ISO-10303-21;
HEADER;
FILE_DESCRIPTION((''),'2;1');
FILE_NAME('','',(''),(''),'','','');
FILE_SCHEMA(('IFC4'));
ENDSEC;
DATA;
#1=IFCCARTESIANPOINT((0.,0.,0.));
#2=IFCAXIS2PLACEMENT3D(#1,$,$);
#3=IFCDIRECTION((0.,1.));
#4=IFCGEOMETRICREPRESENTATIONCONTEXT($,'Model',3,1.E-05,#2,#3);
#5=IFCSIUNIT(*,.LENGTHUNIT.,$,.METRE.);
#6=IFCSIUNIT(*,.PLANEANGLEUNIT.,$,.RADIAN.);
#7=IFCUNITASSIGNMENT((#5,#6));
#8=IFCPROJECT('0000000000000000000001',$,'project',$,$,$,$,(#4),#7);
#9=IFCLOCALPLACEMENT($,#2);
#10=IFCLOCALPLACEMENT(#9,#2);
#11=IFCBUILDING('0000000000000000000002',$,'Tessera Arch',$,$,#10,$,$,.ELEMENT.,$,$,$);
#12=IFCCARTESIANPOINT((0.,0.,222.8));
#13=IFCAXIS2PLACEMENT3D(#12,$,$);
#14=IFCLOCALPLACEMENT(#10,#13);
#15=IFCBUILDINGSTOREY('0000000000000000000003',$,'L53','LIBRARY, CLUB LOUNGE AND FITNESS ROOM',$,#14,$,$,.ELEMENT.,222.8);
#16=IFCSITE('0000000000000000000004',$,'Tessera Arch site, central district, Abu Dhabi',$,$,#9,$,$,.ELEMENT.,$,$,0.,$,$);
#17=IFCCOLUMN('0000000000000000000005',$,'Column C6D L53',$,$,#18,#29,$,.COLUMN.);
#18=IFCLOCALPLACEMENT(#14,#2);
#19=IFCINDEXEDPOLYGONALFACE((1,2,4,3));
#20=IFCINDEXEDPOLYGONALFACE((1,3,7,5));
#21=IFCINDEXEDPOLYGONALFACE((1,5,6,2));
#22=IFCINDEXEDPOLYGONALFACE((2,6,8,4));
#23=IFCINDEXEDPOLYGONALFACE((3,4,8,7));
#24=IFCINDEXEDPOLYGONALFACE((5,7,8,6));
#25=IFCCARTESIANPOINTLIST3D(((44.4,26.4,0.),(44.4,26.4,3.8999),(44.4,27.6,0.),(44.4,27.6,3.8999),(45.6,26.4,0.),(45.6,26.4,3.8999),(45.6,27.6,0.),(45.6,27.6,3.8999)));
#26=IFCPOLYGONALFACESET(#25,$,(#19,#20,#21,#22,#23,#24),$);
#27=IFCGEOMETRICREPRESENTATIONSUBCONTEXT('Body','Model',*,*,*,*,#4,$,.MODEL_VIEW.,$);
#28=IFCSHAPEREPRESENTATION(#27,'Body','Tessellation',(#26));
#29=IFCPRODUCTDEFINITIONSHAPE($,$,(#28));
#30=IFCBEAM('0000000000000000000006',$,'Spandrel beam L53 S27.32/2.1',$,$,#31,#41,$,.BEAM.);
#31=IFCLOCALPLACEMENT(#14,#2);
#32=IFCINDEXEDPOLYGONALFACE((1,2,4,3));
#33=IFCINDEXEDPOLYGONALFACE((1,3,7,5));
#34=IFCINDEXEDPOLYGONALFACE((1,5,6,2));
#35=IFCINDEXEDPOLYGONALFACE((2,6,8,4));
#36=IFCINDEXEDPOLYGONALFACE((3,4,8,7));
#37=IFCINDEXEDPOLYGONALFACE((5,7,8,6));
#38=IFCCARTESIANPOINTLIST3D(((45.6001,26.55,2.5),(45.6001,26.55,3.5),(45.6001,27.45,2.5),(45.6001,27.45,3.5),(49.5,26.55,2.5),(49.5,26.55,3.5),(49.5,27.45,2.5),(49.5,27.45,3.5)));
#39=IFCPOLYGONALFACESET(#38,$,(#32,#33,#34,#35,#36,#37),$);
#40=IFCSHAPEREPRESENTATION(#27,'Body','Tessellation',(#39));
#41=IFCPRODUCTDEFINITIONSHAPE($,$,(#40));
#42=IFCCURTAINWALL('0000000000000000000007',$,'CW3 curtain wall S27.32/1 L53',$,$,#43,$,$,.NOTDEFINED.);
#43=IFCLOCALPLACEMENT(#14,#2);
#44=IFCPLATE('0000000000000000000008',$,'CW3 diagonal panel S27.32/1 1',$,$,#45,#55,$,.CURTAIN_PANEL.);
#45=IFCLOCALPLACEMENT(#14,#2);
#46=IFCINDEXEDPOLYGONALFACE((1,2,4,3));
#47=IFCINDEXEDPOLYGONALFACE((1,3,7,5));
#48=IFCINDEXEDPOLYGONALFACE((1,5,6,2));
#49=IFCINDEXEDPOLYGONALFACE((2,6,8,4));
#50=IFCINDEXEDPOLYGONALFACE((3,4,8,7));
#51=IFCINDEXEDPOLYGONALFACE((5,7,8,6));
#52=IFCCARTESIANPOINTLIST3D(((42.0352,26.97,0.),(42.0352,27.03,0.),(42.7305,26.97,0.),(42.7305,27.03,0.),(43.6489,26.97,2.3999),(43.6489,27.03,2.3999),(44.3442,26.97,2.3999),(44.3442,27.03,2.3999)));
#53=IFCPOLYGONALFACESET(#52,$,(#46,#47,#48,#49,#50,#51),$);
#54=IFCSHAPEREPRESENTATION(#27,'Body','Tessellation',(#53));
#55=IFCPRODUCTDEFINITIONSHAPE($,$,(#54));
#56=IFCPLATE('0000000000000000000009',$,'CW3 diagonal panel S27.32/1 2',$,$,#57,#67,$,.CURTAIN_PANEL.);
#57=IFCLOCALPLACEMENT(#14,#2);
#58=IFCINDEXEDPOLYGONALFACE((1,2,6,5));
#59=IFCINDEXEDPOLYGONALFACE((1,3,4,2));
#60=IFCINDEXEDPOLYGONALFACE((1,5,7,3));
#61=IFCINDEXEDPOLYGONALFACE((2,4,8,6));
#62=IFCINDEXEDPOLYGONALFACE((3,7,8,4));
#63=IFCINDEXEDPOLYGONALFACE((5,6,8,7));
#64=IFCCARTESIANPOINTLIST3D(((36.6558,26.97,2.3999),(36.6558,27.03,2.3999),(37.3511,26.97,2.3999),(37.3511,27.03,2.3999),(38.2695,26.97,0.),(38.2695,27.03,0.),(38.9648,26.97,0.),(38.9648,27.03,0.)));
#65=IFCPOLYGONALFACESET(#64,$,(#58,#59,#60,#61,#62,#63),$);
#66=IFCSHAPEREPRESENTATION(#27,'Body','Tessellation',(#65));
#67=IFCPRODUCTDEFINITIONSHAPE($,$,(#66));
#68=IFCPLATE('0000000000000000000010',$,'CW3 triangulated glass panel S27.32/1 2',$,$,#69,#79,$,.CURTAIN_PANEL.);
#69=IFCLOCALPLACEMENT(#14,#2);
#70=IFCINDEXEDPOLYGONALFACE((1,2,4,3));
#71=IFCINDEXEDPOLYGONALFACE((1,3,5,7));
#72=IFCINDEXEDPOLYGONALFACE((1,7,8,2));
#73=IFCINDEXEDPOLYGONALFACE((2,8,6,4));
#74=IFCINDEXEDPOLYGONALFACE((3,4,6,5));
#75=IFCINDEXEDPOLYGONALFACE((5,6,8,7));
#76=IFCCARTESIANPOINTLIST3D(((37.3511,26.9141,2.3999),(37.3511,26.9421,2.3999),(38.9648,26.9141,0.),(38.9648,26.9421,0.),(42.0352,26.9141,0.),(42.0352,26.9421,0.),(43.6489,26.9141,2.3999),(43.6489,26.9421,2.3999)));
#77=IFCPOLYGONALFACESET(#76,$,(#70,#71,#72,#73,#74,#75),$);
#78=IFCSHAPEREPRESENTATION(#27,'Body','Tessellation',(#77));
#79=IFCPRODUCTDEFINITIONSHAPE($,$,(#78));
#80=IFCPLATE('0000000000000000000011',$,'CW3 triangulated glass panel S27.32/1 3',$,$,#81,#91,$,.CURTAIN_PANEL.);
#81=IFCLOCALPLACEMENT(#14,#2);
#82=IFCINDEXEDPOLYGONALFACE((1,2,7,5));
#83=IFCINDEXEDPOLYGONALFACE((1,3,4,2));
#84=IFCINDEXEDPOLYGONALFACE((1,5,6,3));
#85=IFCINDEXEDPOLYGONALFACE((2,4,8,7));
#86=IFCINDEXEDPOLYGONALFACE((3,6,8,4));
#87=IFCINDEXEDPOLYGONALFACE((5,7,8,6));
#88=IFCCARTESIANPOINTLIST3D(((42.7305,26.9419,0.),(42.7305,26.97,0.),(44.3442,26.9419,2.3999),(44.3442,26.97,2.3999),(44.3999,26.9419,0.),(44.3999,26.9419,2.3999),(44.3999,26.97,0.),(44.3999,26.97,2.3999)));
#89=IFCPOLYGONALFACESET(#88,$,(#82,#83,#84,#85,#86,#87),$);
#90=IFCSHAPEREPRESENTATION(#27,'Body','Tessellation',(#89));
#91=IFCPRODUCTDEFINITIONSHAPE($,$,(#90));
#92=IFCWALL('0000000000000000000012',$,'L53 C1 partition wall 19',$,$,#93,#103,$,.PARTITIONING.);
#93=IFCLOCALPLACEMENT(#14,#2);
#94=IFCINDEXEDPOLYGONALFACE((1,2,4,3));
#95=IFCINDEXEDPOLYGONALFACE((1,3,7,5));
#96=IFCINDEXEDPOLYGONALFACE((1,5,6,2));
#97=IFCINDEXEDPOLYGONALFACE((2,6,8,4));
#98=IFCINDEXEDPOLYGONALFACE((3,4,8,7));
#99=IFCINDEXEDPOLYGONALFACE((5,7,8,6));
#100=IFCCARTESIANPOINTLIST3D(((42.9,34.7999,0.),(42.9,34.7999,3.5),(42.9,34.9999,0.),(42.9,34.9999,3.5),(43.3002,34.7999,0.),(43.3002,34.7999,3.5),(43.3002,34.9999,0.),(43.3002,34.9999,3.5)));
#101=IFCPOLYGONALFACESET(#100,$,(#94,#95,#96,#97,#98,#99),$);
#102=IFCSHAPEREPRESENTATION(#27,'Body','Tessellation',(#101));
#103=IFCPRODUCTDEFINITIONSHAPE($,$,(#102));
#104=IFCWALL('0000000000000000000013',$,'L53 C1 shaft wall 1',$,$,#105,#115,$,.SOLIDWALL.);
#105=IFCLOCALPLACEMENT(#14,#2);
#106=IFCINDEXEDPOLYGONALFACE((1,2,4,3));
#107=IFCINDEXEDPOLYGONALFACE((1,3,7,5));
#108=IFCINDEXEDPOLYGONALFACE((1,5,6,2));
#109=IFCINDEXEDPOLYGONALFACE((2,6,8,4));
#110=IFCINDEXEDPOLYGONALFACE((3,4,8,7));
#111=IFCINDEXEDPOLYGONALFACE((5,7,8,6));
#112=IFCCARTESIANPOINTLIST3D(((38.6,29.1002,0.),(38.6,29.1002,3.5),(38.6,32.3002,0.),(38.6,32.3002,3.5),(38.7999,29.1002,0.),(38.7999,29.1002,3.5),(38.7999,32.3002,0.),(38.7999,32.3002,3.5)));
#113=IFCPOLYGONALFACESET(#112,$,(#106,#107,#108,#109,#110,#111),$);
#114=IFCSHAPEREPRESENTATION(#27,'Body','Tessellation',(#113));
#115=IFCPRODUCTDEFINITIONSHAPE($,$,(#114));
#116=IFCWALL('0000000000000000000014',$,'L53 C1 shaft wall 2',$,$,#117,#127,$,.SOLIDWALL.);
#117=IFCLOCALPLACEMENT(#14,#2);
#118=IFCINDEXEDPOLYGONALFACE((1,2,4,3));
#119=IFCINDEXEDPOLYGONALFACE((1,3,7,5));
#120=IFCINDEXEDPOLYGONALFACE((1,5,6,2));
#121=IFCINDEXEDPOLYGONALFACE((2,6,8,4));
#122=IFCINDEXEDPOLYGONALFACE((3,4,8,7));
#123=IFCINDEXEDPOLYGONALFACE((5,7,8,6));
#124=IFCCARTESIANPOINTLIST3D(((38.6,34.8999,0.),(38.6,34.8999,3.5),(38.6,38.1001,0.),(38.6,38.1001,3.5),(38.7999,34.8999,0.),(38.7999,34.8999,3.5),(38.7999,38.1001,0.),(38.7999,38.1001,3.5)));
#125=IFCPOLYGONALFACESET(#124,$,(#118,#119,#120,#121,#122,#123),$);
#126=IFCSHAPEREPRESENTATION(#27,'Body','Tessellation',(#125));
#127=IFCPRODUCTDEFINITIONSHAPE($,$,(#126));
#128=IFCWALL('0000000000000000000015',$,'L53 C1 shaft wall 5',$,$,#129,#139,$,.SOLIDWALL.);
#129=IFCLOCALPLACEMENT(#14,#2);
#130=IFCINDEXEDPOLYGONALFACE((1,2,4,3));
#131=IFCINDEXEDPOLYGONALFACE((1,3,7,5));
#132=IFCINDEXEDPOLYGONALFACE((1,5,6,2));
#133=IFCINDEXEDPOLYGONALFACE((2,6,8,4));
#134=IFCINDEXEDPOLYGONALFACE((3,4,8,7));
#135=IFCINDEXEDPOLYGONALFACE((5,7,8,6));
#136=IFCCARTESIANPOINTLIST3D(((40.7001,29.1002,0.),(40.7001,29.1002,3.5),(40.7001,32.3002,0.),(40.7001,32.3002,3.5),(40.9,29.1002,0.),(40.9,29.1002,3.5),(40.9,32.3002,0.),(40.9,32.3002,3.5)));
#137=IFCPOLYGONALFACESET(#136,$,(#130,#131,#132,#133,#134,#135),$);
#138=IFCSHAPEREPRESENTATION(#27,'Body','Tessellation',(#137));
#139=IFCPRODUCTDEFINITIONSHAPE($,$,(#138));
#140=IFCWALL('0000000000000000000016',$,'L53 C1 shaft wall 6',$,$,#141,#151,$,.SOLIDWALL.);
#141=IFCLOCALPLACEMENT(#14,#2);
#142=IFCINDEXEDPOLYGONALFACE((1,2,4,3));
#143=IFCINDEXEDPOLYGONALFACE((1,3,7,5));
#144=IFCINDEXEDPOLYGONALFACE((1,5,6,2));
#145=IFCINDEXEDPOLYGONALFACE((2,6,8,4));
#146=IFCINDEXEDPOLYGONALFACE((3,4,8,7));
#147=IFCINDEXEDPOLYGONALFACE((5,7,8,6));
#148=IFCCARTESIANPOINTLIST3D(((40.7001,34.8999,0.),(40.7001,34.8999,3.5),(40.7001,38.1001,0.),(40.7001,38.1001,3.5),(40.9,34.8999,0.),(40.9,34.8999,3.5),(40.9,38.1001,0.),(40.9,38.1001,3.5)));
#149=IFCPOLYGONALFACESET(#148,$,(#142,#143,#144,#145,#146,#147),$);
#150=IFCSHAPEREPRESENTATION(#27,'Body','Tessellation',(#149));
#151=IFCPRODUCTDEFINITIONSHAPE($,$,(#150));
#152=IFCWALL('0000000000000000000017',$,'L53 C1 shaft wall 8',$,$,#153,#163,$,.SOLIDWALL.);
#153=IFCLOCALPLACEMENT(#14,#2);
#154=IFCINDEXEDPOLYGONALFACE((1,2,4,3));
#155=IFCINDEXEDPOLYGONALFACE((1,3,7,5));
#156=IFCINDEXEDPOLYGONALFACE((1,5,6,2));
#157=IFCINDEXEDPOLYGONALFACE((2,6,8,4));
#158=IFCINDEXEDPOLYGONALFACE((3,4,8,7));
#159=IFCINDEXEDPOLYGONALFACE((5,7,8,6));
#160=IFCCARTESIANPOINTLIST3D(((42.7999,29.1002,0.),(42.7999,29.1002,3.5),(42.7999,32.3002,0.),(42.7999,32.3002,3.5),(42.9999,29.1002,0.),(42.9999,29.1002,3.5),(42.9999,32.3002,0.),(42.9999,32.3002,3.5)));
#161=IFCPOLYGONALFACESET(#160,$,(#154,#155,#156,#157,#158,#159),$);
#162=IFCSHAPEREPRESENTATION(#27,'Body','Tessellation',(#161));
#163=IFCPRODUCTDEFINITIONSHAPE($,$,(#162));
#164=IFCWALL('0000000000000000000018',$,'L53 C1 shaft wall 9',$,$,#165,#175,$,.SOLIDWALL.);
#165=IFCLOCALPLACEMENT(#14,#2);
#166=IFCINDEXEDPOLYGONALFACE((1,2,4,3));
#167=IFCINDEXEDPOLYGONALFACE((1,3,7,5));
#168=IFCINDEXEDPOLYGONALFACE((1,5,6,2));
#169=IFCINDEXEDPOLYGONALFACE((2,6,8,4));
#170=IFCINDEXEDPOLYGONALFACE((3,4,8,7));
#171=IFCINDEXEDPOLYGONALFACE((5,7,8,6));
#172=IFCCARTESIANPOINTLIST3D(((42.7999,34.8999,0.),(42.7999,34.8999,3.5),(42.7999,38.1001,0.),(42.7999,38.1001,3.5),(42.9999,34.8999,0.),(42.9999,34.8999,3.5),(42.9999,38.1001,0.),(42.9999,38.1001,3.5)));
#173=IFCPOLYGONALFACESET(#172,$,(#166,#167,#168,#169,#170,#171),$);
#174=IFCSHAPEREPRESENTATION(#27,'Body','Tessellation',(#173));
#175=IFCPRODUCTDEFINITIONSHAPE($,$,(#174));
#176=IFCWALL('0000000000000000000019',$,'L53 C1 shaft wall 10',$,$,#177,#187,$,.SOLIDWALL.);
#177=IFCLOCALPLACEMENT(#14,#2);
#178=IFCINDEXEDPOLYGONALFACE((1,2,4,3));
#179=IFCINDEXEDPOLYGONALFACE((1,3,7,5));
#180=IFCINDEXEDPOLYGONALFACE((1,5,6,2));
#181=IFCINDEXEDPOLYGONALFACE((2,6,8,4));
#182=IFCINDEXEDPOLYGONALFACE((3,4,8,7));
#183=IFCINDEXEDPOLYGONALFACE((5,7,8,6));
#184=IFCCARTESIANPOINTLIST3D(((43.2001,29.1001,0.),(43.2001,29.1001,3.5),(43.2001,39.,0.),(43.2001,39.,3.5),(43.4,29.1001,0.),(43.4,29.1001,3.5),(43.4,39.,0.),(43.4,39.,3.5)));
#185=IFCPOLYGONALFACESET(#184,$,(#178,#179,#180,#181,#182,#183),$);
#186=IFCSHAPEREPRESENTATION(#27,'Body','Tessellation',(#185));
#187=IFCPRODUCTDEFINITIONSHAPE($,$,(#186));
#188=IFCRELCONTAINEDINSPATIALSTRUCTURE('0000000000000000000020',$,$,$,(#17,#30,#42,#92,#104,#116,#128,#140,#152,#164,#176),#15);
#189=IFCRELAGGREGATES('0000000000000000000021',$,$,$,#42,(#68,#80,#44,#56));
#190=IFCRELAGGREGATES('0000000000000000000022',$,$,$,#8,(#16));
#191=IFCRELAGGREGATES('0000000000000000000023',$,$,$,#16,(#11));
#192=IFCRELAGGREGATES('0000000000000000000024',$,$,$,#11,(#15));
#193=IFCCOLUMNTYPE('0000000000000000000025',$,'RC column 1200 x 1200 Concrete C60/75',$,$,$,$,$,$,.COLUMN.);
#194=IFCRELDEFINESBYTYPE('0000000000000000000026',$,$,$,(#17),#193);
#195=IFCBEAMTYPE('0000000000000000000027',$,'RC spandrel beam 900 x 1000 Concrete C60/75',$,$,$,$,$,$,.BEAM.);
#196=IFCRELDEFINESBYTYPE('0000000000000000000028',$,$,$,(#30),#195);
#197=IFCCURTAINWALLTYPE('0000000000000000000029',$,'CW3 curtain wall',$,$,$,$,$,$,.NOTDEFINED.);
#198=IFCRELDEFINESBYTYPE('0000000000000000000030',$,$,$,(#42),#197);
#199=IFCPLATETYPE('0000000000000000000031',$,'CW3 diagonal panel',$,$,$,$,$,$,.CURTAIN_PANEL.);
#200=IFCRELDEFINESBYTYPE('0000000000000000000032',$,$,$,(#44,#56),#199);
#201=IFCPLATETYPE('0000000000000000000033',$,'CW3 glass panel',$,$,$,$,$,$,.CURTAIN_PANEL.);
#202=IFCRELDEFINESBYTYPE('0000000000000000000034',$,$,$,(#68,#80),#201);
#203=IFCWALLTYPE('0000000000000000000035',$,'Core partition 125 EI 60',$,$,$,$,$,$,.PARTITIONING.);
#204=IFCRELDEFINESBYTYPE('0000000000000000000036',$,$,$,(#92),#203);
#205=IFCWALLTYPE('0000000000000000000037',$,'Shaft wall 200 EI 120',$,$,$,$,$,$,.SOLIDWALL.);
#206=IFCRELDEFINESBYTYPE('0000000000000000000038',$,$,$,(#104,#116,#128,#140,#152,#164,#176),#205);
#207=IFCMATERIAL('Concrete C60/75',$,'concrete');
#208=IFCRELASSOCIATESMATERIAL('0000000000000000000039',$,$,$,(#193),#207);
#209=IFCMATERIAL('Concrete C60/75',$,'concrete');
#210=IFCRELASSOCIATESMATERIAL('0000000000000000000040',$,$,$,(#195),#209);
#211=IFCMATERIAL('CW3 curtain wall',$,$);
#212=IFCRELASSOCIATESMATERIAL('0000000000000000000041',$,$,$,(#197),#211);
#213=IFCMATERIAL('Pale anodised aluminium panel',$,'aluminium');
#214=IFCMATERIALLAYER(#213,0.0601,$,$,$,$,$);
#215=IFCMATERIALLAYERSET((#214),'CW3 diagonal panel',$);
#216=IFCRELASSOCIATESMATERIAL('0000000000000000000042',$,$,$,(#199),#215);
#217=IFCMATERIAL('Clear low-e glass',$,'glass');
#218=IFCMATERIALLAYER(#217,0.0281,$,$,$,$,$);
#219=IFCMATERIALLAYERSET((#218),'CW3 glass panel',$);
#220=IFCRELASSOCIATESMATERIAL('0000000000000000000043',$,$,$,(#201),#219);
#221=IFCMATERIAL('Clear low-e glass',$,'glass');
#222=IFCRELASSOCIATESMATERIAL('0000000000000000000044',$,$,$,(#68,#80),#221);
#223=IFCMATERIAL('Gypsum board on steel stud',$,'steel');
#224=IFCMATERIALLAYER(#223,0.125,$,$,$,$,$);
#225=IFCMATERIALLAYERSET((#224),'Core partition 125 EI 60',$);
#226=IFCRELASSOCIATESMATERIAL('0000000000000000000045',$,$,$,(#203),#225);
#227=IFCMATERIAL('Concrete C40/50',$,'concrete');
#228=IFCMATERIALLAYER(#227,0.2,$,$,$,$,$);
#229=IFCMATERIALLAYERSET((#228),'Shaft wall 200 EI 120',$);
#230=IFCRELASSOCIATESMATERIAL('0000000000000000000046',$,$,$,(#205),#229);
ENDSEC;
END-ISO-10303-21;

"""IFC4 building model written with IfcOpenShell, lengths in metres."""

from ifc_helpers import new_model, si_unit, direction, frame, frame_2d, origin, origin_2d, place, context, subcontext, project, spatial, polyline, rectangle, outline, extrude, material, layer, layer_set, material_profile, profile_set, type_object, element, aggregate, save


model = new_model("IFC4")

# Units and contexts
model_context = context("Model", 3, precision=1e-05, world=origin(), true_north=direction((0.0, 1.0)))
body_context = subcontext(model_context, "Body", "Model", "MODEL_VIEW")
ifc_project = project(units=[si_unit("LENGTHUNIT", "METRE"), si_unit("PLANEANGLEUNIT", "RADIAN")], contexts=[model_context])

# Site, building, storey
site_placement = place(None, origin())
site = spatial("IfcSite", under=ifc_project, at=site_placement, Name="Tessera Arch site, central district, Abu Dhabi", CompositionType="ELEMENT", RefElevation=0.0)
building_placement = place(site_placement, origin())
building = spatial("IfcBuilding", under=site, at=building_placement, Name="Tessera Arch", CompositionType="ELEMENT")
storey_placement = place(building_placement, frame((0.0, 0.0, 222.8)))
storey = spatial("IfcBuildingStorey", under=building, at=storey_placement, Name="L53", Description="LIBRARY, CLUB LOUNGE AND FITNESS ROOM", CompositionType="ELEMENT", Elevation=222.8)

# Column
ifc_material_1 = material(Name="Concrete C60/75", Category="concrete")
ifc_material_profile_1 = material_profile(ifc_material_1, rectangle(XDim=1.2, YDim=1.2, at=origin_2d()), Name="RC column 1200 x 1200 Concrete C60/75")
ifc_profile_set_1 = profile_set([ifc_material_profile_1], Name="Concrete C60/75")
column_type = type_object("IfcColumnType", Name="RC column 1200 x 1200 Concrete C60/75", PredefinedType="COLUMN", material=ifc_profile_set_1)
column_placement = place(storey_placement, frame((45.0, 27.0, 0.0), z_axis=(0.0, 0.0, 1.0), x_axis=(1.0, 0.0, 0.0)))
element("IfcColumn", 1, at=column_placement, inside=storey, type_object=column_type, Name="Column C6D L53", PredefinedType="COLUMN", context=body_context, shape_type="SweptSolid", body=[
    extrude(rectangle(XDim=1.2, YDim=1.2, at=origin_2d()), origin(), (0.0, 0.0, 1.0), 3.8999),
])

# Beam
ifc_material_2 = material(Name="Concrete C60/75", Category="concrete")
ifc_material_profile_2 = material_profile(ifc_material_2, rectangle(XDim=0.8999, YDim=1.0, at=origin_2d()), Name="RC spandrel beam 900 x 1000 Concrete C60/75")
ifc_profile_set_2 = profile_set([ifc_material_profile_2], Name="Concrete C60/75")
beam_type = type_object("IfcBeamType", Name="RC spandrel beam 900 x 1000 Concrete C60/75", PredefinedType="BEAM", material=ifc_profile_set_2)
beam_placement = place(storey_placement, frame((45.6001, 27.0, 3.0), z_axis=(1.0, 0.0, 0.0), x_axis=(0.0, 1.0, 0.0)))
element("IfcBeam", 2, at=beam_placement, inside=storey, type_object=beam_type, Name="Spandrel beam L53 S27.32/2.1", PredefinedType="BEAM", context=body_context, shape_type="SweptSolid", body=[
    extrude(rectangle(XDim=0.8999, YDim=1.0, at=origin_2d()), origin(), (0.0, 0.0, 1.0), 3.8999),
])

# Curtain wall, plates
ifc_material_3 = material(Name="CW3 curtain wall")
curtain_wall_type = type_object("IfcCurtainWallType", Name="CW3 curtain wall", PredefinedType="NOTDEFINED", material=ifc_material_3)
curtain_wall_placement = place(storey_placement, origin())
curtain_wall = element("IfcCurtainWall", 3, at=curtain_wall_placement, inside=storey, type_object=curtain_wall_type, Name="CW3 curtain wall S27.32/1 L53", PredefinedType="NOTDEFINED")
ifc_material_4 = material(Name="Pale anodised aluminium panel", Category="aluminium")
ifc_layer_1 = layer(ifc_material_4, 0.0601)
ifc_layer_set_1 = layer_set([ifc_layer_1], Name="CW3 diagonal panel")
plate_type_1 = type_object("IfcPlateType", Name="CW3 diagonal panel", PredefinedType="CURTAIN_PANEL", material=ifc_layer_set_1)
plate_1_placement = place(storey_placement, frame((44.3442, 26.97, 2.3999), z_axis=(0.0, -1.0, 0.0), x_axis=(-1.0, 0.0, 0.0)))
plate_1 = element("IfcPlate", 4, at=plate_1_placement, type_object=plate_type_1, Name="CW3 diagonal panel S27.32/1 1", PredefinedType="CURTAIN_PANEL", context=body_context, shape_type="SweptSolid", body=[
    extrude(outline(polyline([(0.0, 0.0), (0.6953, 0.0), (2.3091, 2.3999), (1.6138, 2.3999), (0.0, 0.0)])), origin(), (0.0, 0.0, -1.0), 0.0601),
])
plate_2_placement = place(storey_placement, frame((37.3511, 26.97, 2.3999), z_axis=(0.0, -1.0, 0.0), x_axis=(-1.0, 0.0, 0.0)))
plate_2 = element("IfcPlate", 5, at=plate_2_placement, type_object=plate_type_1, Name="CW3 diagonal panel S27.32/1 2", PredefinedType="CURTAIN_PANEL", context=body_context, shape_type="SweptSolid", body=[
    extrude(outline(polyline([(0.0, 0.0), (0.6953, 0.0), (-0.9185, 2.3999), (-1.6138, 2.3999), (0.0, 0.0)])), origin(), (0.0, 0.0, -1.0), 0.0601),
])
ifc_material_5 = material(Name="Clear low-e glass", Category="glass")
ifc_material_6 = material(Name="Clear low-e glass", Category="glass")
ifc_layer_2 = layer(ifc_material_6, 0.0281)
ifc_layer_set_2 = layer_set([ifc_layer_2], Name="CW3 glass panel")
plate_type_2 = type_object("IfcPlateType", Name="CW3 glass panel", PredefinedType="CURTAIN_PANEL", material=ifc_layer_set_2)
plate_3_placement = place(storey_placement, frame((43.6489, 26.9141, 2.3999), z_axis=(0.0, -1.0, 0.0), x_axis=(-1.0, 0.0, 0.0)))
plate_3 = element("IfcPlate", 6, at=plate_3_placement, type_object=plate_type_2, material=ifc_material_5, Name="CW3 triangulated glass panel S27.32/1 2", PredefinedType="CURTAIN_PANEL", context=body_context, shape_type="SweptSolid", body=[
    extrude(outline(polyline([(0.0, 0.0), (6.2979, 0.0), (4.6841, 2.3999), (1.6138, 2.3999), (0.0, 0.0)])), origin(), (0.0, 0.0, -1.0), 0.0281),
])
plate_4_placement = place(storey_placement, frame((44.3999, 26.9419, 2.3999), z_axis=(0.0, -1.0, 0.0), x_axis=(-1.0, 0.0, 0.0)))
plate_4 = element("IfcPlate", 7, at=plate_4_placement, type_object=plate_type_2, material=ifc_material_5, Name="CW3 triangulated glass panel S27.32/1 3", PredefinedType="CURTAIN_PANEL", context=body_context, shape_type="SweptSolid", body=[
    extrude(outline(polyline([(0.0, 0.0), (0.0557, 0.0), (1.6694, 2.3999), (0.0, 2.3999), (0.0, 0.0)])), origin(), (0.0, 0.0, -1.0), 0.0281),
])
aggregate(curtain_wall, [plate_3, plate_4, plate_1, plate_2])

# Walls
ifc_material_7 = material(Name="Gypsum board on steel stud", Category="steel")
ifc_layer_3 = layer(ifc_material_7, 0.125)
ifc_layer_set_3 = layer_set([ifc_layer_3], Name="Core partition 125 EI 60")
wall_type_1 = type_object("IfcWallType", Name="Core partition 125 EI 60", PredefinedType="PARTITIONING", material=ifc_layer_set_3)
wall_1_placement = place(storey_placement, frame((42.8999, 34.8999, 0.0), z_axis=(0.0, 0.0, 1.0), x_axis=(1.0, 0.0, 0.0)))
element("IfcWall", 8, at=wall_1_placement, inside=storey, type_object=wall_type_1, Name="L53 C1 partition wall 19", PredefinedType="PARTITIONING", context=body_context, shape_type="SweptSolid", body=[
    extrude(rectangle(XDim=0.4001, YDim=0.2, at=frame_2d((0.2002, 0.0))), origin(), (0.0, 0.0, 1.0), 3.5),
])
ifc_material_8 = material(Name="Concrete C40/50", Category="concrete")
ifc_layer_4 = layer(ifc_material_8, 0.2)
ifc_layer_set_4 = layer_set([ifc_layer_4], Name="Shaft wall 200 EI 120")
wall_type_2 = type_object("IfcWallType", Name="Shaft wall 200 EI 120", PredefinedType="SOLIDWALL", material=ifc_layer_set_4)
wall_2_placement = place(storey_placement, frame((38.7, 29.1001, 0.0), z_axis=(0.0, 0.0, 1.0), x_axis=(0.0, 1.0, 0.0)))
element("IfcWall", 9, at=wall_2_placement, inside=storey, type_object=wall_type_2, Name="L53 C1 shaft wall 1", PredefinedType="SOLIDWALL", context=body_context, shape_type="SweptSolid", body=[
    extrude(rectangle(XDim=3.2, YDim=0.2, at=frame_2d((1.6001, 0.0))), origin(), (0.0, 0.0, 1.0), 3.5),
])
wall_3_placement = place(storey_placement, frame((38.7, 34.8999, 0.0), z_axis=(0.0, 0.0, 1.0), x_axis=(0.0, 1.0, 0.0)))
element("IfcWall", 10, at=wall_3_placement, inside=storey, type_object=wall_type_2, Name="L53 C1 shaft wall 2", PredefinedType="SOLIDWALL", context=body_context, shape_type="SweptSolid", body=[
    extrude(rectangle(XDim=3.2002, YDim=0.2, at=frame_2d((1.6001, 0.0))), origin(), (0.0, 0.0, 1.0), 3.5),
])
wall_4_placement = place(storey_placement, frame((40.8, 29.1001, 0.0), z_axis=(0.0, 0.0, 1.0), x_axis=(0.0, 1.0, 0.0)))
element("IfcWall", 11, at=wall_4_placement, inside=storey, type_object=wall_type_2, Name="L53 C1 shaft wall 5", PredefinedType="SOLIDWALL", context=body_context, shape_type="SweptSolid", body=[
    extrude(rectangle(XDim=3.2, YDim=0.2, at=frame_2d((1.6001, 0.0))), origin(), (0.0, 0.0, 1.0), 3.5),
])
wall_5_placement = place(storey_placement, frame((40.8, 34.8999, 0.0), z_axis=(0.0, 0.0, 1.0), x_axis=(0.0, 1.0, 0.0)))
element("IfcWall", 12, at=wall_5_placement, inside=storey, type_object=wall_type_2, Name="L53 C1 shaft wall 6", PredefinedType="SOLIDWALL", context=body_context, shape_type="SweptSolid", body=[
    extrude(rectangle(XDim=3.2002, YDim=0.2, at=frame_2d((1.6001, 0.0))), origin(), (0.0, 0.0, 1.0), 3.5),
])
wall_6_placement = place(storey_placement, frame((42.8999, 29.1001, 0.0), z_axis=(0.0, 0.0, 1.0), x_axis=(0.0, 1.0, 0.0)))
element("IfcWall", 13, at=wall_6_placement, inside=storey, type_object=wall_type_2, Name="L53 C1 shaft wall 8", PredefinedType="SOLIDWALL", context=body_context, shape_type="SweptSolid", body=[
    extrude(rectangle(XDim=3.2, YDim=0.2, at=frame_2d((1.6001, 0.0))), origin(), (0.0, 0.0, 1.0), 3.5),
])
wall_7_placement = place(storey_placement, frame((42.8999, 34.8999, 0.0), z_axis=(0.0, 0.0, 1.0), x_axis=(0.0, 1.0, 0.0)))
element("IfcWall", 14, at=wall_7_placement, inside=storey, type_object=wall_type_2, Name="L53 C1 shaft wall 9", PredefinedType="SOLIDWALL", context=body_context, shape_type="SweptSolid", body=[
    extrude(rectangle(XDim=3.2002, YDim=0.2, at=frame_2d((1.6001, 0.0))), origin(), (0.0, 0.0, 1.0), 3.5),
])
wall_8_placement = place(storey_placement, frame((43.3, 29.1001, 0.0), z_axis=(0.0, 0.0, 1.0), x_axis=(0.0, 1.0, 0.0)))
element("IfcWall", 15, at=wall_8_placement, inside=storey, type_object=wall_type_2, Name="L53 C1 shaft wall 10", PredefinedType="SOLIDWALL", context=body_context, shape_type="SweptSolid", body=[
    extrude(rectangle(XDim=9.8999, YDim=0.2, at=frame_2d((4.95, 0.0))), origin(), (0.0, 0.0, 1.0), 3.5),
])

save(model, "model.ifc")
